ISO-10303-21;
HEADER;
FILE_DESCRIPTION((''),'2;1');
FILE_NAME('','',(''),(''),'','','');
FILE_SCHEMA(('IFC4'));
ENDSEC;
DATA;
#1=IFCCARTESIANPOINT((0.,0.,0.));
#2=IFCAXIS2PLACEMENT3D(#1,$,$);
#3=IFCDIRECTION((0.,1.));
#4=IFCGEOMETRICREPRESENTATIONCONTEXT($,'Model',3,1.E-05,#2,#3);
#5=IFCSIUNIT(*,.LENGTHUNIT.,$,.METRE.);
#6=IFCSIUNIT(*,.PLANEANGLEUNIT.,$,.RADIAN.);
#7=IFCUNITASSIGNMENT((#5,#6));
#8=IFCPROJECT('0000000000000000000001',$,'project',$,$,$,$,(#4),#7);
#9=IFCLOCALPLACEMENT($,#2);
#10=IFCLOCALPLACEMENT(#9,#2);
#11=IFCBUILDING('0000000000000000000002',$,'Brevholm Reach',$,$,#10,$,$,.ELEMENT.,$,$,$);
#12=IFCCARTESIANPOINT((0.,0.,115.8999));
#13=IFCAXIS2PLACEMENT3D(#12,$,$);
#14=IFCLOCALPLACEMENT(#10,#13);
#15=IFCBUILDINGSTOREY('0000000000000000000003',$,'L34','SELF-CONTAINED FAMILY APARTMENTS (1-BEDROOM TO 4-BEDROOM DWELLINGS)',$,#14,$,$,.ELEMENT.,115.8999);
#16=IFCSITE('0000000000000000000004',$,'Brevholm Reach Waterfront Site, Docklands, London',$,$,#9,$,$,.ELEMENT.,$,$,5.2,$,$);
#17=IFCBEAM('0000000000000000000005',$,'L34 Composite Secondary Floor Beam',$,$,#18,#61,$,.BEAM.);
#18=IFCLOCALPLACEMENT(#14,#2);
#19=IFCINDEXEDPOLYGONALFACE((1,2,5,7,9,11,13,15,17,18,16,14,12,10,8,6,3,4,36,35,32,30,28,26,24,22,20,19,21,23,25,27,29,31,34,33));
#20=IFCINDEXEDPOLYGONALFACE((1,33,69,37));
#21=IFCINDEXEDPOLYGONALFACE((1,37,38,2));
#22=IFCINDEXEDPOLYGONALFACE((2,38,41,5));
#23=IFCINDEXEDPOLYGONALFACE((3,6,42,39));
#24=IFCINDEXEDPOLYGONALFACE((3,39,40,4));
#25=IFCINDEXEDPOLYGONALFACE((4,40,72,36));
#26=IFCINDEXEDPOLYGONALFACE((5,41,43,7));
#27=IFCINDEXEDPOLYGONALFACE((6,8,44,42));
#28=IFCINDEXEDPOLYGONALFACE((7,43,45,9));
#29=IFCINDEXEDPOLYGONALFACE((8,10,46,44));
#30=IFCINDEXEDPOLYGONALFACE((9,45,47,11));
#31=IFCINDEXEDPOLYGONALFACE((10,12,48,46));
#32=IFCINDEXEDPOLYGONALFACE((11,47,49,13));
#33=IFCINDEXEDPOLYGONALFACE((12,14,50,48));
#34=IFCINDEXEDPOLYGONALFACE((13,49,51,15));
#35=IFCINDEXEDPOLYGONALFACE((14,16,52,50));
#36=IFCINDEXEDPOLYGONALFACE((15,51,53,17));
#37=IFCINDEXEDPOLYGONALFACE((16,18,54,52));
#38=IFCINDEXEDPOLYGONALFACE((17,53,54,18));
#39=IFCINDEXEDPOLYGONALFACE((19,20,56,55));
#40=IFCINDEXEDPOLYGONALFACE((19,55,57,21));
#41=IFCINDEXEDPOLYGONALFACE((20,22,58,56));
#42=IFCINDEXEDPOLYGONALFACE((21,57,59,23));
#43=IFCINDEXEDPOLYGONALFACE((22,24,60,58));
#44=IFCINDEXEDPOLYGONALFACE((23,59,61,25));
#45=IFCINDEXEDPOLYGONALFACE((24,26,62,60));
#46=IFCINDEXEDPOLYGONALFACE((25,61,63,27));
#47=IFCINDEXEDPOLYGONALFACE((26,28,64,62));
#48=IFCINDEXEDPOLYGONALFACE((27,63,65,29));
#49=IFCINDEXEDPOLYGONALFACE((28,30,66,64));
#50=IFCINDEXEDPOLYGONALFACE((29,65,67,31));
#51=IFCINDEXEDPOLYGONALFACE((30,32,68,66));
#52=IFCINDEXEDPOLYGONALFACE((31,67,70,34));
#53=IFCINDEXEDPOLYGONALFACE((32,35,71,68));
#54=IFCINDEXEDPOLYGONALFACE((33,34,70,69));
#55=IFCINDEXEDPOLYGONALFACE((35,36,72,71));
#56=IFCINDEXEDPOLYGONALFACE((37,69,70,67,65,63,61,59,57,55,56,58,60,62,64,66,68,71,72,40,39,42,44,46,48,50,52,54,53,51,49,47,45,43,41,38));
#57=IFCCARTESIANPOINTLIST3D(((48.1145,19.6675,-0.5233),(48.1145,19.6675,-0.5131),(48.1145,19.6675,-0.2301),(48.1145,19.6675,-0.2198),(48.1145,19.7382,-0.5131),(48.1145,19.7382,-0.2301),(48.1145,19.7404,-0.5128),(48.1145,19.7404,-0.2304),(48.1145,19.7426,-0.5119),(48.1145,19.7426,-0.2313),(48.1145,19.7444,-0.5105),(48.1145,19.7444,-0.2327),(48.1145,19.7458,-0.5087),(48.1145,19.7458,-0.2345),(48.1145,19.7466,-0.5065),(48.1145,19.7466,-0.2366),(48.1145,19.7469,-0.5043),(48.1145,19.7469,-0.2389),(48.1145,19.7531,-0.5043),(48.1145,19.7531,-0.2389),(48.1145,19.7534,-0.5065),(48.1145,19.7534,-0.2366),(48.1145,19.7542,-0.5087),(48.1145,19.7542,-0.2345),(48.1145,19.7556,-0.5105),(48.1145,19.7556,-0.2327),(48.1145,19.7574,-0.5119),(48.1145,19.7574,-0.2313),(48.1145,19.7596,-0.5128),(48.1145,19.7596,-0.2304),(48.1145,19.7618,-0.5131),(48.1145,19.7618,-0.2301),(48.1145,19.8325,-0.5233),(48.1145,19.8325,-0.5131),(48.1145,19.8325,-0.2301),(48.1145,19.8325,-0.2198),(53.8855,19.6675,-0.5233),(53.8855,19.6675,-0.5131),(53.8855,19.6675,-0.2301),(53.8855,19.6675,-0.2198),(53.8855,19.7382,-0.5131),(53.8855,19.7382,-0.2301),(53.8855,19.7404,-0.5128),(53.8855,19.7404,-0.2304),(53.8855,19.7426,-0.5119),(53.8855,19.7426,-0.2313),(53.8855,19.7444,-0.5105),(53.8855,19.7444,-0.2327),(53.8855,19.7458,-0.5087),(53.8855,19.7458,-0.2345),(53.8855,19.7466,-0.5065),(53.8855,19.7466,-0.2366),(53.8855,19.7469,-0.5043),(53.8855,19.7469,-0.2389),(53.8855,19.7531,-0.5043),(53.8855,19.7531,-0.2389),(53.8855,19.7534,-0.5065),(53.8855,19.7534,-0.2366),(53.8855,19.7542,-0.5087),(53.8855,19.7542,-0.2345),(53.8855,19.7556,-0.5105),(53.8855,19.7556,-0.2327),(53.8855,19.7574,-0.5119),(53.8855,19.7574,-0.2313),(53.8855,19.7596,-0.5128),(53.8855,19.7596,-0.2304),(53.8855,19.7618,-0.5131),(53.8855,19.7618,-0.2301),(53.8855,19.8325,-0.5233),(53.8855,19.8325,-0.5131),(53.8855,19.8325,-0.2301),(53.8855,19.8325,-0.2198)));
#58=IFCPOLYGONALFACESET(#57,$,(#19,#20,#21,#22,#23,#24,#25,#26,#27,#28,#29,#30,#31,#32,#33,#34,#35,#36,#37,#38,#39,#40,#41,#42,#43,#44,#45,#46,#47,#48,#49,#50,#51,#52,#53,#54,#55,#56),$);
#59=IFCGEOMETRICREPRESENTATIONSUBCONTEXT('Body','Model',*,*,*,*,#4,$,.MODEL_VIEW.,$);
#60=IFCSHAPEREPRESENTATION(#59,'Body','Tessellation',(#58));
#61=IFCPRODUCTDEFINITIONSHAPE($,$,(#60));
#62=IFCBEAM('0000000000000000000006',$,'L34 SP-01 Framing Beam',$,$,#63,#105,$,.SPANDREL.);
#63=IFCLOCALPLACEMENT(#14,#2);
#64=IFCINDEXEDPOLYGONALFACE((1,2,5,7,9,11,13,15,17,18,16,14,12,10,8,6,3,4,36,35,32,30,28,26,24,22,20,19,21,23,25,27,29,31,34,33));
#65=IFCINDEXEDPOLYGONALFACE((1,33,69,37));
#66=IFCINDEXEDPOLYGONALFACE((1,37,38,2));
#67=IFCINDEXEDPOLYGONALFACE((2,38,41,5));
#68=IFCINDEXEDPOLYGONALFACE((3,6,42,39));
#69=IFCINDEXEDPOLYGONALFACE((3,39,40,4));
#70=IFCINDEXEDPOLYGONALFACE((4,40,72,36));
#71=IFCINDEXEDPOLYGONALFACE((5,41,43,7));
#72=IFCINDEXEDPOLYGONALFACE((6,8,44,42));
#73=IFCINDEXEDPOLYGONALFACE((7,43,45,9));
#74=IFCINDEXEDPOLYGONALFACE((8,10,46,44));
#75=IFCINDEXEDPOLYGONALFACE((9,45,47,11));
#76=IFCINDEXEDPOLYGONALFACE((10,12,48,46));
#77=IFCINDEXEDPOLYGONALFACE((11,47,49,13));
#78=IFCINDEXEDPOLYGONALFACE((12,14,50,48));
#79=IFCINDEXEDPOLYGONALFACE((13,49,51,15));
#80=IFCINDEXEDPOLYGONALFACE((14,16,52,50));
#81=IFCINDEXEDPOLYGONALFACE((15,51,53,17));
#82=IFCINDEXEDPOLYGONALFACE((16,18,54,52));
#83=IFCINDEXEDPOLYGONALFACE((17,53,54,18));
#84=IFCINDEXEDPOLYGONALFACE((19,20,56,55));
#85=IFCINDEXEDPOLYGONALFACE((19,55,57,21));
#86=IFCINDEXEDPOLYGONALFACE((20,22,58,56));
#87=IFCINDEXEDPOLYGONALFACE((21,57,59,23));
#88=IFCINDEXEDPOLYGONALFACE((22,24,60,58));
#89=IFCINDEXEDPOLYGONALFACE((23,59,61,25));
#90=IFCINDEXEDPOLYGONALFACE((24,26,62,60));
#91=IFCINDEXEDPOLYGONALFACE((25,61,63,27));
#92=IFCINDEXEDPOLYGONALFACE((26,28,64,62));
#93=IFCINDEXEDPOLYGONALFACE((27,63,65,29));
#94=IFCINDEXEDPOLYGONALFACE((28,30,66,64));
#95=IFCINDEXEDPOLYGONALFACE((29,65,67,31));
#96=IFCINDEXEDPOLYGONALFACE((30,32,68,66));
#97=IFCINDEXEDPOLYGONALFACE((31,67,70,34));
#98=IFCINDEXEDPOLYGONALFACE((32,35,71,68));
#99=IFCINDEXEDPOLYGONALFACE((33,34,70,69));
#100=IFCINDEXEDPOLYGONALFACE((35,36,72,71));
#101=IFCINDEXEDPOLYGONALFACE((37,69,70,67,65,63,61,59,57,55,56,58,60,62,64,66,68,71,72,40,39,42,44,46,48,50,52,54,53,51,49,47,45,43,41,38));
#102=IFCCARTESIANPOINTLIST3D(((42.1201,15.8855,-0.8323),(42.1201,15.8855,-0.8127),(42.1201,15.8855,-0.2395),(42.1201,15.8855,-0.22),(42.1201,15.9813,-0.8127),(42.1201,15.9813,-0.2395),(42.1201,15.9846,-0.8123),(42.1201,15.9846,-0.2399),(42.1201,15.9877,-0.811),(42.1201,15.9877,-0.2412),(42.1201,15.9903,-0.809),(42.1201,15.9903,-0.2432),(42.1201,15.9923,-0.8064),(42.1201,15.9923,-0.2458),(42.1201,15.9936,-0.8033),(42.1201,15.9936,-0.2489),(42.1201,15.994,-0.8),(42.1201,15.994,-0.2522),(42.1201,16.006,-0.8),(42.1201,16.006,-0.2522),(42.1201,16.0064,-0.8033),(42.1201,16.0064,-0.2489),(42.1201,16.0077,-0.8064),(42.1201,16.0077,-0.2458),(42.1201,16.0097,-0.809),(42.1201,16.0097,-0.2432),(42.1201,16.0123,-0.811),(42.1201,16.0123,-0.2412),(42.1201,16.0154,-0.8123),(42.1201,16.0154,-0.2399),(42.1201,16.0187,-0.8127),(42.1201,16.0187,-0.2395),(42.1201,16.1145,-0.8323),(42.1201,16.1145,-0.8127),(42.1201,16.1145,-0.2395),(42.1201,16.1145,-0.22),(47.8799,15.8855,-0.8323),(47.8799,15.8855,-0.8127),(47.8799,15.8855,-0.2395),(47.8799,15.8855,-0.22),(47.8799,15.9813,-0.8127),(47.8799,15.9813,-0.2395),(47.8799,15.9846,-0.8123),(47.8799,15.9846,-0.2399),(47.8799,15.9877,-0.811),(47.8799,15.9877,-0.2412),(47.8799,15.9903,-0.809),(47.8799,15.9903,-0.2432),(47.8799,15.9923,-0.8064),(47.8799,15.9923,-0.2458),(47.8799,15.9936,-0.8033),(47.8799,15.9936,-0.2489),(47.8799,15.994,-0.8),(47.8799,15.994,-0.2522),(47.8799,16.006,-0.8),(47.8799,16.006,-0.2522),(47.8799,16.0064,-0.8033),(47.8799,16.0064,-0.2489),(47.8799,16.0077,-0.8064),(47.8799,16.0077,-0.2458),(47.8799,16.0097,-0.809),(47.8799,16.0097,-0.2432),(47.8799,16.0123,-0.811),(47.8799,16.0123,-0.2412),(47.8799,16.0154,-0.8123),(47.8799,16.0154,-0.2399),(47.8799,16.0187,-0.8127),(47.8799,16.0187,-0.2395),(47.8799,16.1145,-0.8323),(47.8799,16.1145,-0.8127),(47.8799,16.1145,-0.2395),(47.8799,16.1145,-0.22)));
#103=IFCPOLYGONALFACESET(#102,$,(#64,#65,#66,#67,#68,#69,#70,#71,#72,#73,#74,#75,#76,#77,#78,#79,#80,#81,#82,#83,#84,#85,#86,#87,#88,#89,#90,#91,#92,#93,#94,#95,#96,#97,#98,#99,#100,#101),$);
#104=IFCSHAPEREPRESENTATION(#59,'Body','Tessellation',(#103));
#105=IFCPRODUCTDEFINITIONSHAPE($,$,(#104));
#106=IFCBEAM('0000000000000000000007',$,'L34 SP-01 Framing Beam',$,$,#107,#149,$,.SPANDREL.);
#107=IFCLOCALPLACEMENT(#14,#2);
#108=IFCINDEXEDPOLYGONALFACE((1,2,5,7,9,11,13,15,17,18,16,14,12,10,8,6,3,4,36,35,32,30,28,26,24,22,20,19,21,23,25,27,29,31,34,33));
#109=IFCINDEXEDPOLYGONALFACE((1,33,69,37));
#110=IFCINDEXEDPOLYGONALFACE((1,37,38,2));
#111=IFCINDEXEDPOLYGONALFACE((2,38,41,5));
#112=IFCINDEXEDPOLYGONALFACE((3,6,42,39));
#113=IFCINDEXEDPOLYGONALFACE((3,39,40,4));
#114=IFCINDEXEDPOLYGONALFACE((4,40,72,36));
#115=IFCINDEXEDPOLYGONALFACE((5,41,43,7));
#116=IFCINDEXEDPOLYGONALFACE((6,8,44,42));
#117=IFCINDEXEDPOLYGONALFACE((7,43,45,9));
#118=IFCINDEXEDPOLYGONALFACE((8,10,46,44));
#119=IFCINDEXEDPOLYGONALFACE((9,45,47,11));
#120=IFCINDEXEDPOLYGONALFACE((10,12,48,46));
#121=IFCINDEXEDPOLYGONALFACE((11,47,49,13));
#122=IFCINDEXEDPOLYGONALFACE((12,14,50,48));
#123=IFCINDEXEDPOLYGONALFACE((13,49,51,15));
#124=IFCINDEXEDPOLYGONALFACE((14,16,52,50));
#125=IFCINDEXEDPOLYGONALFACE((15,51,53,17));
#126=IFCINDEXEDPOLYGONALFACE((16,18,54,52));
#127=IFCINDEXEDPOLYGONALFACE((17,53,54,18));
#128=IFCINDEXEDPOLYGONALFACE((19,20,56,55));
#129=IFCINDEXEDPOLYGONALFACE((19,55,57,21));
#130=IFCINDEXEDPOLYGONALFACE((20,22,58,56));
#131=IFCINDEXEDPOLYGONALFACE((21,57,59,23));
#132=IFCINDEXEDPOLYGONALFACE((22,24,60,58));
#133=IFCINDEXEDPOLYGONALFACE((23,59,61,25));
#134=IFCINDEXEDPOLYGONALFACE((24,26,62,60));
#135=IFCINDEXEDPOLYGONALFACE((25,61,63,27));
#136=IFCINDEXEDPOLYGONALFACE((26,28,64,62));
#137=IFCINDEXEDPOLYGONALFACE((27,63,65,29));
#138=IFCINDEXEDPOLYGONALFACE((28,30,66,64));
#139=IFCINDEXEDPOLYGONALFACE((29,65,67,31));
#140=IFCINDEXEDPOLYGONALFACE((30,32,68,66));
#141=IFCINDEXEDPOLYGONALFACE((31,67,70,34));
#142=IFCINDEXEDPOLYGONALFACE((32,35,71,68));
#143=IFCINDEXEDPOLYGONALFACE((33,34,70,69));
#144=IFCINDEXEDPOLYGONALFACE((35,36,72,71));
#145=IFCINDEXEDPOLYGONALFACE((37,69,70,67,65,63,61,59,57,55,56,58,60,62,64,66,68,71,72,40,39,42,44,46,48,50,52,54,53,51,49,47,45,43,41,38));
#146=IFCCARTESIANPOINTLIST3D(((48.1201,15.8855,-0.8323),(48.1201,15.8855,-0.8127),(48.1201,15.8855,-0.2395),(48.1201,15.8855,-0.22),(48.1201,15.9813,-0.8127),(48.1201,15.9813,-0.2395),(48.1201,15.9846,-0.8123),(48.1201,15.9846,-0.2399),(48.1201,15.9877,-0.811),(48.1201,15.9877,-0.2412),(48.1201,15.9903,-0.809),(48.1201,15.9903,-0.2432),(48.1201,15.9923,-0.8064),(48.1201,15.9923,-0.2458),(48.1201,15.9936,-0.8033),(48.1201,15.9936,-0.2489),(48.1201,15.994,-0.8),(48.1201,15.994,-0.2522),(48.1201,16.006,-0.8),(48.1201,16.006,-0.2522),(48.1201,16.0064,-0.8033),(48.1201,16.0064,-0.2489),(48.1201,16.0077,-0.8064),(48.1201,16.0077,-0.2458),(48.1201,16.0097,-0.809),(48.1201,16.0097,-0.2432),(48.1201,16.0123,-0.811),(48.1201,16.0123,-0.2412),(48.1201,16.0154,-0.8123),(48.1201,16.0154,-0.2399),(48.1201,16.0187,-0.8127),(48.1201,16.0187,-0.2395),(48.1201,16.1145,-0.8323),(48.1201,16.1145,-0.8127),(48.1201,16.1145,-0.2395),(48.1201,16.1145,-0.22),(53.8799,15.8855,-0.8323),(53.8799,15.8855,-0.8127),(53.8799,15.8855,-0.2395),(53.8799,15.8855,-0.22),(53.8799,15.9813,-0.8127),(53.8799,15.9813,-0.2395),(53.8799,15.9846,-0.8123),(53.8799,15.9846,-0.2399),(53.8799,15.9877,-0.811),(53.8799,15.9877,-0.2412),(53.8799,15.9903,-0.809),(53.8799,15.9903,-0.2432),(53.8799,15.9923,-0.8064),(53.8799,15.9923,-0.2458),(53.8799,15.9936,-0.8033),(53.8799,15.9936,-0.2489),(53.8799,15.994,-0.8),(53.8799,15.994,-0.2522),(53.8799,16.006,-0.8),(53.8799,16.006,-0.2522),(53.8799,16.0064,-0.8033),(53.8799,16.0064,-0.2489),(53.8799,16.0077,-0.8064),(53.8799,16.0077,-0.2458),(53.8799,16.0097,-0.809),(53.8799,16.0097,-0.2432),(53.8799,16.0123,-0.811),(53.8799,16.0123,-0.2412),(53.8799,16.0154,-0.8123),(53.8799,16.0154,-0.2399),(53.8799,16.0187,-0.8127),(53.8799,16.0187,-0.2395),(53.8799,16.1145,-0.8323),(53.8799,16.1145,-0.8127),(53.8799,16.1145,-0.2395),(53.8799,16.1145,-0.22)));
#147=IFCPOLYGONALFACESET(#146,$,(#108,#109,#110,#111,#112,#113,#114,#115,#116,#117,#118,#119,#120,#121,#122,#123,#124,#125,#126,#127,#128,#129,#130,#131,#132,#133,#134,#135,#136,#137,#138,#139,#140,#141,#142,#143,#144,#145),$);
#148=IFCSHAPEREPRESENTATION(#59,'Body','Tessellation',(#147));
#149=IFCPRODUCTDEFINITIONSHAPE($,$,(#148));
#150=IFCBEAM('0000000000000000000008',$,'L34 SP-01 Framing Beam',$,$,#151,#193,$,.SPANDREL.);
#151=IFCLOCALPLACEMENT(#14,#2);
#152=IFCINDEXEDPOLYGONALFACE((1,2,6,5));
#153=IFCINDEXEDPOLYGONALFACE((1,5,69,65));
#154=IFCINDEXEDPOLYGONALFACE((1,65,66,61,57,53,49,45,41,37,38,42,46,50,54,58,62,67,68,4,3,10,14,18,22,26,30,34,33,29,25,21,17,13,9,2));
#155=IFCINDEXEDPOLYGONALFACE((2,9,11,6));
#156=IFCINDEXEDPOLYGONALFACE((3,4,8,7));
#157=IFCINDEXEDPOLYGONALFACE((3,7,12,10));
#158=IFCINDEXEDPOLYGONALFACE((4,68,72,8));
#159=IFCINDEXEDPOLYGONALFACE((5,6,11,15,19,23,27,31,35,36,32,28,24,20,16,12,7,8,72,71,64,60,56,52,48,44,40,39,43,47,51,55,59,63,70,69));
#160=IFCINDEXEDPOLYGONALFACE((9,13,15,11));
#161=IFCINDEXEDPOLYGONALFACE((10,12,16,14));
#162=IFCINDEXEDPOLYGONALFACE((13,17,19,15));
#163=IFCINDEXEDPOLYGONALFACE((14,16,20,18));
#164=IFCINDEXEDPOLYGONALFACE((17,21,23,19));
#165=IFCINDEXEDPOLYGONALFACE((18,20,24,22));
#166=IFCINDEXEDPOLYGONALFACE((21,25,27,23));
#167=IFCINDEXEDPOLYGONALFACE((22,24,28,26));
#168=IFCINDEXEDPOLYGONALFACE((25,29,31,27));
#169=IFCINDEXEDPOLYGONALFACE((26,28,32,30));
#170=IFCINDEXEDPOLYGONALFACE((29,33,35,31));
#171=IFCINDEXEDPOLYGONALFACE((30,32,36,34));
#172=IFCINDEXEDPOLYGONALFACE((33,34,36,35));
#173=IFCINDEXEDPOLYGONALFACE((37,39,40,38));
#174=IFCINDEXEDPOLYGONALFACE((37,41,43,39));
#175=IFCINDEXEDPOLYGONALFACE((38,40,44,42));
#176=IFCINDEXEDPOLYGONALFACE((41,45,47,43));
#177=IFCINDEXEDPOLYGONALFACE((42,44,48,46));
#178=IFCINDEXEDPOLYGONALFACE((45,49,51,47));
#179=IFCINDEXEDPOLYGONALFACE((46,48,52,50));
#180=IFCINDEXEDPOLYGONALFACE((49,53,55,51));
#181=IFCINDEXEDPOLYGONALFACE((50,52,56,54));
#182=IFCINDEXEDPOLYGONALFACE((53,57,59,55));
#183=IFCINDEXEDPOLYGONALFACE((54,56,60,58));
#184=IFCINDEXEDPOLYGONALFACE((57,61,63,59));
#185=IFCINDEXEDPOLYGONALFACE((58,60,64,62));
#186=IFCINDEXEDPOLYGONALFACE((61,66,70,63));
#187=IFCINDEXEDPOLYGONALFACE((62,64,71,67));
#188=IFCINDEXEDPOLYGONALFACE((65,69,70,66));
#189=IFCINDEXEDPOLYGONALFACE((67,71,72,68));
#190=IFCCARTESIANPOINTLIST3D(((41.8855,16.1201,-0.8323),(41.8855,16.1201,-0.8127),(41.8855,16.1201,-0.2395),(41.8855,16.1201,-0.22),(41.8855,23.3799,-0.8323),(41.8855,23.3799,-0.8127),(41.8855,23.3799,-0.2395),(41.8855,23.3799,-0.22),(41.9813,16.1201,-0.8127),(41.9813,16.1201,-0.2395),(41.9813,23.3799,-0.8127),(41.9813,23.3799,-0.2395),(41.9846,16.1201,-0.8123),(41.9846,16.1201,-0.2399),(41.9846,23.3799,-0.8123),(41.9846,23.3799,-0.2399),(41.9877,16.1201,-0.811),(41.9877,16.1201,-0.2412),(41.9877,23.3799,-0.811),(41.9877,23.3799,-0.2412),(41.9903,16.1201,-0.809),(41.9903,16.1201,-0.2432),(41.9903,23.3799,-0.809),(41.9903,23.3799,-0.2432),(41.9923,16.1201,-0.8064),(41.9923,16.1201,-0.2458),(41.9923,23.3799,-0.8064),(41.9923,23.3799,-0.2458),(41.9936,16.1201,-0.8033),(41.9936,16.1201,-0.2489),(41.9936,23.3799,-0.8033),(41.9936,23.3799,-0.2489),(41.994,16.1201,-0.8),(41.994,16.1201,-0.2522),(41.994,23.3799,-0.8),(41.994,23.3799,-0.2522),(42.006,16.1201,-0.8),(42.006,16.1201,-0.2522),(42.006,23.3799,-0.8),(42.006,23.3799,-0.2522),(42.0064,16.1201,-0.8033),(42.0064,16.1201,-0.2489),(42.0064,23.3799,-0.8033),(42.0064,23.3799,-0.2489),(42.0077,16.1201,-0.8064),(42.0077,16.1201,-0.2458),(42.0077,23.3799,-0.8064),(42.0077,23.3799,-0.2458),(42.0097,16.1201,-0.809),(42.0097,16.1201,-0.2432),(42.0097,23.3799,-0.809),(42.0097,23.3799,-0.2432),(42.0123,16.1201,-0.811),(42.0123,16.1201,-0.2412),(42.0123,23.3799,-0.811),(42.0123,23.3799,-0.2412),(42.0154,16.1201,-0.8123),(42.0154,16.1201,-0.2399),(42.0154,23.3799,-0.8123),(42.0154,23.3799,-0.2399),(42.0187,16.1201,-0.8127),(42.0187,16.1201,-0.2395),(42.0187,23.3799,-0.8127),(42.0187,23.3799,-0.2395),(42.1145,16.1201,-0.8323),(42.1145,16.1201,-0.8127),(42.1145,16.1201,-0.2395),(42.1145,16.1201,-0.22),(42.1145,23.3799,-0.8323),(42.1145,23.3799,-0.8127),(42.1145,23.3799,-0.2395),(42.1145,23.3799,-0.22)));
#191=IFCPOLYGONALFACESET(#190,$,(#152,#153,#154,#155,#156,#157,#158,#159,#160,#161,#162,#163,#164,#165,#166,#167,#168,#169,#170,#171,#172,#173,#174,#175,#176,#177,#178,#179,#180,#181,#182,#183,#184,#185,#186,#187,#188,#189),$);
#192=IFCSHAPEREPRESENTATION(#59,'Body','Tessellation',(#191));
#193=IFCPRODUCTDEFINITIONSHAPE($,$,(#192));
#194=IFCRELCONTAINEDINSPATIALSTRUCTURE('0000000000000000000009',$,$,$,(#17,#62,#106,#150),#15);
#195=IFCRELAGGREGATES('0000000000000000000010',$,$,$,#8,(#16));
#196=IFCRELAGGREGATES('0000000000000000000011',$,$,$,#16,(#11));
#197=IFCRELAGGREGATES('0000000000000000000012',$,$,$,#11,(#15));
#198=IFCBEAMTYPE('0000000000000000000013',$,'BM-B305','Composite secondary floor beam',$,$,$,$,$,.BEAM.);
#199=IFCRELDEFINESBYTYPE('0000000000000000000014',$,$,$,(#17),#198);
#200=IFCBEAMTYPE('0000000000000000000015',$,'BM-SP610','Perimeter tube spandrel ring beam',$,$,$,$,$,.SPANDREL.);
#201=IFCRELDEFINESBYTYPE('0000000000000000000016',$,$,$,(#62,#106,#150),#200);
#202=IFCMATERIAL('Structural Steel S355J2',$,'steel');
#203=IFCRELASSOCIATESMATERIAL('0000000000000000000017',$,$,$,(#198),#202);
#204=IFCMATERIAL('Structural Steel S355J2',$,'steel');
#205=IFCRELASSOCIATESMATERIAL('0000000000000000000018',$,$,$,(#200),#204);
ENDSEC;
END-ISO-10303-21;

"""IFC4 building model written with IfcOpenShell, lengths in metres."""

from ifc_helpers import new_model, si_unit, direction, frame, origin, origin_2d, place, context, subcontext, project, spatial, i_section, extrude, material, material_profile, profile_set, type_object, element, save


model = new_model("IFC4")

# Units and contexts
model_context = context("Model", 3, precision=1e-05, world=origin(), true_north=direction((0.0, 1.0)))
body_context = subcontext(model_context, "Body", "Model", "MODEL_VIEW")
ifc_project = project(units=[si_unit("LENGTHUNIT", "METRE"), si_unit("PLANEANGLEUNIT", "RADIAN")], contexts=[model_context])

# Site, building, storey
site_placement = place(None, origin())
site = spatial("IfcSite", under=ifc_project, at=site_placement, Name="Brevholm Reach Waterfront Site, Docklands, London", CompositionType="ELEMENT", RefElevation=5.2)
building_placement = place(site_placement, origin())
building = spatial("IfcBuilding", under=site, at=building_placement, Name="Brevholm Reach", CompositionType="ELEMENT")
storey_placement = place(building_placement, frame((0.0, 0.0, 115.8999)))
storey = spatial("IfcBuildingStorey", under=building, at=storey_placement, Name="L34", Description="SELF-CONTAINED FAMILY APARTMENTS (1-BEDROOM TO 4-BEDROOM DWELLINGS)", CompositionType="ELEMENT", Elevation=115.8999)

# Beams
ifc_material_1 = material(Name="Structural Steel S355J2", Category="steel")
ifc_material_profile_1 = material_profile(ifc_material_1, i_section(OverallWidth=0.165, OverallDepth=0.3035, WebThickness=0.0061, FlangeThickness=0.0103, FilletRadius=0.0088, at=origin_2d()), Name="UKB 305x165x40")
ifc_profile_set_1 = profile_set([ifc_material_profile_1], Name="Structural Steel S355J2")
beam_type_1 = type_object("IfcBeamType", Name="BM-B305", Description="Composite secondary floor beam", PredefinedType="BEAM", material=ifc_profile_set_1)
for number, where, z_axis, x_axis, name in (
    (1, (48.1145, 19.75, -0.3716), (1.0, 0.0, 0.0), (0.0, 1.0, 0.0), "L34 Composite Secondary Floor Beam"),
):
    element("IfcBeam", number, at=place(storey_placement, frame(where, z_axis=z_axis, x_axis=x_axis)), inside=storey, type_object=beam_type_1, Name=name, PredefinedType="BEAM", context=body_context, shape_type="SweptSolid", body=[
        extrude(i_section(OverallWidth=0.165, OverallDepth=0.3035, WebThickness=0.0061, FlangeThickness=0.0103, FilletRadius=0.0088, at=origin_2d()), origin(), (0.0, 0.0, 1.0), 5.771),
    ])
ifc_material_2 = material(Name="Structural Steel S355J2", Category="steel")
ifc_material_profile_2 = material_profile(ifc_material_2, i_section(OverallWidth=0.229, OverallDepth=0.6123, WebThickness=0.012, FlangeThickness=0.0195, FilletRadius=0.0127, at=origin_2d()), Name="UKB 610x229x125")
ifc_profile_set_2 = profile_set([ifc_material_profile_2], Name="Structural Steel S355J2")
beam_type_2 = type_object("IfcBeamType", Name="BM-SP610", Description="Perimeter tube spandrel ring beam", PredefinedType="SPANDREL", material=ifc_profile_set_2)
for number, where, z_axis, x_axis, name in (
    (2, (42.1201, 16.0, -0.5261), (1.0, 0.0, 0.0), (0.0, 1.0, 0.0), "L34 SP-01 Framing Beam"),
    (3, (48.1201, 16.0, -0.5261), (1.0, 0.0, 0.0), (0.0, 1.0, 0.0), "L34 SP-01 Framing Beam"),
):
    element("IfcBeam", number, at=place(storey_placement, frame(where, z_axis=z_axis, x_axis=x_axis)), inside=storey, type_object=beam_type_2, Name=name, PredefinedType="SPANDREL", context=body_context, shape_type="SweptSolid", body=[
        extrude(i_section(OverallWidth=0.229, OverallDepth=0.6123, WebThickness=0.012, FlangeThickness=0.0195, FilletRadius=0.0127, at=origin_2d()), origin(), (0.0, 0.0, 1.0), 5.7598),
    ])
for number, where, z_axis, x_axis, name in (
    (4, (42.0, 16.1201, -0.5261), (0.0, 1.0, 0.0), (-1.0, 0.0, 0.0), "L34 SP-01 Framing Beam"),
):
    element("IfcBeam", number, at=place(storey_placement, frame(where, z_axis=z_axis, x_axis=x_axis)), inside=storey, type_object=beam_type_2, Name=name, PredefinedType="SPANDREL", context=body_context, shape_type="SweptSolid", body=[
        extrude(i_section(OverallWidth=0.229, OverallDepth=0.6123, WebThickness=0.012, FlangeThickness=0.0195, FilletRadius=0.0127, at=origin_2d()), origin(), (0.0, 0.0, 1.0), 7.2598),
    ])

save(model, "model.ifc")
